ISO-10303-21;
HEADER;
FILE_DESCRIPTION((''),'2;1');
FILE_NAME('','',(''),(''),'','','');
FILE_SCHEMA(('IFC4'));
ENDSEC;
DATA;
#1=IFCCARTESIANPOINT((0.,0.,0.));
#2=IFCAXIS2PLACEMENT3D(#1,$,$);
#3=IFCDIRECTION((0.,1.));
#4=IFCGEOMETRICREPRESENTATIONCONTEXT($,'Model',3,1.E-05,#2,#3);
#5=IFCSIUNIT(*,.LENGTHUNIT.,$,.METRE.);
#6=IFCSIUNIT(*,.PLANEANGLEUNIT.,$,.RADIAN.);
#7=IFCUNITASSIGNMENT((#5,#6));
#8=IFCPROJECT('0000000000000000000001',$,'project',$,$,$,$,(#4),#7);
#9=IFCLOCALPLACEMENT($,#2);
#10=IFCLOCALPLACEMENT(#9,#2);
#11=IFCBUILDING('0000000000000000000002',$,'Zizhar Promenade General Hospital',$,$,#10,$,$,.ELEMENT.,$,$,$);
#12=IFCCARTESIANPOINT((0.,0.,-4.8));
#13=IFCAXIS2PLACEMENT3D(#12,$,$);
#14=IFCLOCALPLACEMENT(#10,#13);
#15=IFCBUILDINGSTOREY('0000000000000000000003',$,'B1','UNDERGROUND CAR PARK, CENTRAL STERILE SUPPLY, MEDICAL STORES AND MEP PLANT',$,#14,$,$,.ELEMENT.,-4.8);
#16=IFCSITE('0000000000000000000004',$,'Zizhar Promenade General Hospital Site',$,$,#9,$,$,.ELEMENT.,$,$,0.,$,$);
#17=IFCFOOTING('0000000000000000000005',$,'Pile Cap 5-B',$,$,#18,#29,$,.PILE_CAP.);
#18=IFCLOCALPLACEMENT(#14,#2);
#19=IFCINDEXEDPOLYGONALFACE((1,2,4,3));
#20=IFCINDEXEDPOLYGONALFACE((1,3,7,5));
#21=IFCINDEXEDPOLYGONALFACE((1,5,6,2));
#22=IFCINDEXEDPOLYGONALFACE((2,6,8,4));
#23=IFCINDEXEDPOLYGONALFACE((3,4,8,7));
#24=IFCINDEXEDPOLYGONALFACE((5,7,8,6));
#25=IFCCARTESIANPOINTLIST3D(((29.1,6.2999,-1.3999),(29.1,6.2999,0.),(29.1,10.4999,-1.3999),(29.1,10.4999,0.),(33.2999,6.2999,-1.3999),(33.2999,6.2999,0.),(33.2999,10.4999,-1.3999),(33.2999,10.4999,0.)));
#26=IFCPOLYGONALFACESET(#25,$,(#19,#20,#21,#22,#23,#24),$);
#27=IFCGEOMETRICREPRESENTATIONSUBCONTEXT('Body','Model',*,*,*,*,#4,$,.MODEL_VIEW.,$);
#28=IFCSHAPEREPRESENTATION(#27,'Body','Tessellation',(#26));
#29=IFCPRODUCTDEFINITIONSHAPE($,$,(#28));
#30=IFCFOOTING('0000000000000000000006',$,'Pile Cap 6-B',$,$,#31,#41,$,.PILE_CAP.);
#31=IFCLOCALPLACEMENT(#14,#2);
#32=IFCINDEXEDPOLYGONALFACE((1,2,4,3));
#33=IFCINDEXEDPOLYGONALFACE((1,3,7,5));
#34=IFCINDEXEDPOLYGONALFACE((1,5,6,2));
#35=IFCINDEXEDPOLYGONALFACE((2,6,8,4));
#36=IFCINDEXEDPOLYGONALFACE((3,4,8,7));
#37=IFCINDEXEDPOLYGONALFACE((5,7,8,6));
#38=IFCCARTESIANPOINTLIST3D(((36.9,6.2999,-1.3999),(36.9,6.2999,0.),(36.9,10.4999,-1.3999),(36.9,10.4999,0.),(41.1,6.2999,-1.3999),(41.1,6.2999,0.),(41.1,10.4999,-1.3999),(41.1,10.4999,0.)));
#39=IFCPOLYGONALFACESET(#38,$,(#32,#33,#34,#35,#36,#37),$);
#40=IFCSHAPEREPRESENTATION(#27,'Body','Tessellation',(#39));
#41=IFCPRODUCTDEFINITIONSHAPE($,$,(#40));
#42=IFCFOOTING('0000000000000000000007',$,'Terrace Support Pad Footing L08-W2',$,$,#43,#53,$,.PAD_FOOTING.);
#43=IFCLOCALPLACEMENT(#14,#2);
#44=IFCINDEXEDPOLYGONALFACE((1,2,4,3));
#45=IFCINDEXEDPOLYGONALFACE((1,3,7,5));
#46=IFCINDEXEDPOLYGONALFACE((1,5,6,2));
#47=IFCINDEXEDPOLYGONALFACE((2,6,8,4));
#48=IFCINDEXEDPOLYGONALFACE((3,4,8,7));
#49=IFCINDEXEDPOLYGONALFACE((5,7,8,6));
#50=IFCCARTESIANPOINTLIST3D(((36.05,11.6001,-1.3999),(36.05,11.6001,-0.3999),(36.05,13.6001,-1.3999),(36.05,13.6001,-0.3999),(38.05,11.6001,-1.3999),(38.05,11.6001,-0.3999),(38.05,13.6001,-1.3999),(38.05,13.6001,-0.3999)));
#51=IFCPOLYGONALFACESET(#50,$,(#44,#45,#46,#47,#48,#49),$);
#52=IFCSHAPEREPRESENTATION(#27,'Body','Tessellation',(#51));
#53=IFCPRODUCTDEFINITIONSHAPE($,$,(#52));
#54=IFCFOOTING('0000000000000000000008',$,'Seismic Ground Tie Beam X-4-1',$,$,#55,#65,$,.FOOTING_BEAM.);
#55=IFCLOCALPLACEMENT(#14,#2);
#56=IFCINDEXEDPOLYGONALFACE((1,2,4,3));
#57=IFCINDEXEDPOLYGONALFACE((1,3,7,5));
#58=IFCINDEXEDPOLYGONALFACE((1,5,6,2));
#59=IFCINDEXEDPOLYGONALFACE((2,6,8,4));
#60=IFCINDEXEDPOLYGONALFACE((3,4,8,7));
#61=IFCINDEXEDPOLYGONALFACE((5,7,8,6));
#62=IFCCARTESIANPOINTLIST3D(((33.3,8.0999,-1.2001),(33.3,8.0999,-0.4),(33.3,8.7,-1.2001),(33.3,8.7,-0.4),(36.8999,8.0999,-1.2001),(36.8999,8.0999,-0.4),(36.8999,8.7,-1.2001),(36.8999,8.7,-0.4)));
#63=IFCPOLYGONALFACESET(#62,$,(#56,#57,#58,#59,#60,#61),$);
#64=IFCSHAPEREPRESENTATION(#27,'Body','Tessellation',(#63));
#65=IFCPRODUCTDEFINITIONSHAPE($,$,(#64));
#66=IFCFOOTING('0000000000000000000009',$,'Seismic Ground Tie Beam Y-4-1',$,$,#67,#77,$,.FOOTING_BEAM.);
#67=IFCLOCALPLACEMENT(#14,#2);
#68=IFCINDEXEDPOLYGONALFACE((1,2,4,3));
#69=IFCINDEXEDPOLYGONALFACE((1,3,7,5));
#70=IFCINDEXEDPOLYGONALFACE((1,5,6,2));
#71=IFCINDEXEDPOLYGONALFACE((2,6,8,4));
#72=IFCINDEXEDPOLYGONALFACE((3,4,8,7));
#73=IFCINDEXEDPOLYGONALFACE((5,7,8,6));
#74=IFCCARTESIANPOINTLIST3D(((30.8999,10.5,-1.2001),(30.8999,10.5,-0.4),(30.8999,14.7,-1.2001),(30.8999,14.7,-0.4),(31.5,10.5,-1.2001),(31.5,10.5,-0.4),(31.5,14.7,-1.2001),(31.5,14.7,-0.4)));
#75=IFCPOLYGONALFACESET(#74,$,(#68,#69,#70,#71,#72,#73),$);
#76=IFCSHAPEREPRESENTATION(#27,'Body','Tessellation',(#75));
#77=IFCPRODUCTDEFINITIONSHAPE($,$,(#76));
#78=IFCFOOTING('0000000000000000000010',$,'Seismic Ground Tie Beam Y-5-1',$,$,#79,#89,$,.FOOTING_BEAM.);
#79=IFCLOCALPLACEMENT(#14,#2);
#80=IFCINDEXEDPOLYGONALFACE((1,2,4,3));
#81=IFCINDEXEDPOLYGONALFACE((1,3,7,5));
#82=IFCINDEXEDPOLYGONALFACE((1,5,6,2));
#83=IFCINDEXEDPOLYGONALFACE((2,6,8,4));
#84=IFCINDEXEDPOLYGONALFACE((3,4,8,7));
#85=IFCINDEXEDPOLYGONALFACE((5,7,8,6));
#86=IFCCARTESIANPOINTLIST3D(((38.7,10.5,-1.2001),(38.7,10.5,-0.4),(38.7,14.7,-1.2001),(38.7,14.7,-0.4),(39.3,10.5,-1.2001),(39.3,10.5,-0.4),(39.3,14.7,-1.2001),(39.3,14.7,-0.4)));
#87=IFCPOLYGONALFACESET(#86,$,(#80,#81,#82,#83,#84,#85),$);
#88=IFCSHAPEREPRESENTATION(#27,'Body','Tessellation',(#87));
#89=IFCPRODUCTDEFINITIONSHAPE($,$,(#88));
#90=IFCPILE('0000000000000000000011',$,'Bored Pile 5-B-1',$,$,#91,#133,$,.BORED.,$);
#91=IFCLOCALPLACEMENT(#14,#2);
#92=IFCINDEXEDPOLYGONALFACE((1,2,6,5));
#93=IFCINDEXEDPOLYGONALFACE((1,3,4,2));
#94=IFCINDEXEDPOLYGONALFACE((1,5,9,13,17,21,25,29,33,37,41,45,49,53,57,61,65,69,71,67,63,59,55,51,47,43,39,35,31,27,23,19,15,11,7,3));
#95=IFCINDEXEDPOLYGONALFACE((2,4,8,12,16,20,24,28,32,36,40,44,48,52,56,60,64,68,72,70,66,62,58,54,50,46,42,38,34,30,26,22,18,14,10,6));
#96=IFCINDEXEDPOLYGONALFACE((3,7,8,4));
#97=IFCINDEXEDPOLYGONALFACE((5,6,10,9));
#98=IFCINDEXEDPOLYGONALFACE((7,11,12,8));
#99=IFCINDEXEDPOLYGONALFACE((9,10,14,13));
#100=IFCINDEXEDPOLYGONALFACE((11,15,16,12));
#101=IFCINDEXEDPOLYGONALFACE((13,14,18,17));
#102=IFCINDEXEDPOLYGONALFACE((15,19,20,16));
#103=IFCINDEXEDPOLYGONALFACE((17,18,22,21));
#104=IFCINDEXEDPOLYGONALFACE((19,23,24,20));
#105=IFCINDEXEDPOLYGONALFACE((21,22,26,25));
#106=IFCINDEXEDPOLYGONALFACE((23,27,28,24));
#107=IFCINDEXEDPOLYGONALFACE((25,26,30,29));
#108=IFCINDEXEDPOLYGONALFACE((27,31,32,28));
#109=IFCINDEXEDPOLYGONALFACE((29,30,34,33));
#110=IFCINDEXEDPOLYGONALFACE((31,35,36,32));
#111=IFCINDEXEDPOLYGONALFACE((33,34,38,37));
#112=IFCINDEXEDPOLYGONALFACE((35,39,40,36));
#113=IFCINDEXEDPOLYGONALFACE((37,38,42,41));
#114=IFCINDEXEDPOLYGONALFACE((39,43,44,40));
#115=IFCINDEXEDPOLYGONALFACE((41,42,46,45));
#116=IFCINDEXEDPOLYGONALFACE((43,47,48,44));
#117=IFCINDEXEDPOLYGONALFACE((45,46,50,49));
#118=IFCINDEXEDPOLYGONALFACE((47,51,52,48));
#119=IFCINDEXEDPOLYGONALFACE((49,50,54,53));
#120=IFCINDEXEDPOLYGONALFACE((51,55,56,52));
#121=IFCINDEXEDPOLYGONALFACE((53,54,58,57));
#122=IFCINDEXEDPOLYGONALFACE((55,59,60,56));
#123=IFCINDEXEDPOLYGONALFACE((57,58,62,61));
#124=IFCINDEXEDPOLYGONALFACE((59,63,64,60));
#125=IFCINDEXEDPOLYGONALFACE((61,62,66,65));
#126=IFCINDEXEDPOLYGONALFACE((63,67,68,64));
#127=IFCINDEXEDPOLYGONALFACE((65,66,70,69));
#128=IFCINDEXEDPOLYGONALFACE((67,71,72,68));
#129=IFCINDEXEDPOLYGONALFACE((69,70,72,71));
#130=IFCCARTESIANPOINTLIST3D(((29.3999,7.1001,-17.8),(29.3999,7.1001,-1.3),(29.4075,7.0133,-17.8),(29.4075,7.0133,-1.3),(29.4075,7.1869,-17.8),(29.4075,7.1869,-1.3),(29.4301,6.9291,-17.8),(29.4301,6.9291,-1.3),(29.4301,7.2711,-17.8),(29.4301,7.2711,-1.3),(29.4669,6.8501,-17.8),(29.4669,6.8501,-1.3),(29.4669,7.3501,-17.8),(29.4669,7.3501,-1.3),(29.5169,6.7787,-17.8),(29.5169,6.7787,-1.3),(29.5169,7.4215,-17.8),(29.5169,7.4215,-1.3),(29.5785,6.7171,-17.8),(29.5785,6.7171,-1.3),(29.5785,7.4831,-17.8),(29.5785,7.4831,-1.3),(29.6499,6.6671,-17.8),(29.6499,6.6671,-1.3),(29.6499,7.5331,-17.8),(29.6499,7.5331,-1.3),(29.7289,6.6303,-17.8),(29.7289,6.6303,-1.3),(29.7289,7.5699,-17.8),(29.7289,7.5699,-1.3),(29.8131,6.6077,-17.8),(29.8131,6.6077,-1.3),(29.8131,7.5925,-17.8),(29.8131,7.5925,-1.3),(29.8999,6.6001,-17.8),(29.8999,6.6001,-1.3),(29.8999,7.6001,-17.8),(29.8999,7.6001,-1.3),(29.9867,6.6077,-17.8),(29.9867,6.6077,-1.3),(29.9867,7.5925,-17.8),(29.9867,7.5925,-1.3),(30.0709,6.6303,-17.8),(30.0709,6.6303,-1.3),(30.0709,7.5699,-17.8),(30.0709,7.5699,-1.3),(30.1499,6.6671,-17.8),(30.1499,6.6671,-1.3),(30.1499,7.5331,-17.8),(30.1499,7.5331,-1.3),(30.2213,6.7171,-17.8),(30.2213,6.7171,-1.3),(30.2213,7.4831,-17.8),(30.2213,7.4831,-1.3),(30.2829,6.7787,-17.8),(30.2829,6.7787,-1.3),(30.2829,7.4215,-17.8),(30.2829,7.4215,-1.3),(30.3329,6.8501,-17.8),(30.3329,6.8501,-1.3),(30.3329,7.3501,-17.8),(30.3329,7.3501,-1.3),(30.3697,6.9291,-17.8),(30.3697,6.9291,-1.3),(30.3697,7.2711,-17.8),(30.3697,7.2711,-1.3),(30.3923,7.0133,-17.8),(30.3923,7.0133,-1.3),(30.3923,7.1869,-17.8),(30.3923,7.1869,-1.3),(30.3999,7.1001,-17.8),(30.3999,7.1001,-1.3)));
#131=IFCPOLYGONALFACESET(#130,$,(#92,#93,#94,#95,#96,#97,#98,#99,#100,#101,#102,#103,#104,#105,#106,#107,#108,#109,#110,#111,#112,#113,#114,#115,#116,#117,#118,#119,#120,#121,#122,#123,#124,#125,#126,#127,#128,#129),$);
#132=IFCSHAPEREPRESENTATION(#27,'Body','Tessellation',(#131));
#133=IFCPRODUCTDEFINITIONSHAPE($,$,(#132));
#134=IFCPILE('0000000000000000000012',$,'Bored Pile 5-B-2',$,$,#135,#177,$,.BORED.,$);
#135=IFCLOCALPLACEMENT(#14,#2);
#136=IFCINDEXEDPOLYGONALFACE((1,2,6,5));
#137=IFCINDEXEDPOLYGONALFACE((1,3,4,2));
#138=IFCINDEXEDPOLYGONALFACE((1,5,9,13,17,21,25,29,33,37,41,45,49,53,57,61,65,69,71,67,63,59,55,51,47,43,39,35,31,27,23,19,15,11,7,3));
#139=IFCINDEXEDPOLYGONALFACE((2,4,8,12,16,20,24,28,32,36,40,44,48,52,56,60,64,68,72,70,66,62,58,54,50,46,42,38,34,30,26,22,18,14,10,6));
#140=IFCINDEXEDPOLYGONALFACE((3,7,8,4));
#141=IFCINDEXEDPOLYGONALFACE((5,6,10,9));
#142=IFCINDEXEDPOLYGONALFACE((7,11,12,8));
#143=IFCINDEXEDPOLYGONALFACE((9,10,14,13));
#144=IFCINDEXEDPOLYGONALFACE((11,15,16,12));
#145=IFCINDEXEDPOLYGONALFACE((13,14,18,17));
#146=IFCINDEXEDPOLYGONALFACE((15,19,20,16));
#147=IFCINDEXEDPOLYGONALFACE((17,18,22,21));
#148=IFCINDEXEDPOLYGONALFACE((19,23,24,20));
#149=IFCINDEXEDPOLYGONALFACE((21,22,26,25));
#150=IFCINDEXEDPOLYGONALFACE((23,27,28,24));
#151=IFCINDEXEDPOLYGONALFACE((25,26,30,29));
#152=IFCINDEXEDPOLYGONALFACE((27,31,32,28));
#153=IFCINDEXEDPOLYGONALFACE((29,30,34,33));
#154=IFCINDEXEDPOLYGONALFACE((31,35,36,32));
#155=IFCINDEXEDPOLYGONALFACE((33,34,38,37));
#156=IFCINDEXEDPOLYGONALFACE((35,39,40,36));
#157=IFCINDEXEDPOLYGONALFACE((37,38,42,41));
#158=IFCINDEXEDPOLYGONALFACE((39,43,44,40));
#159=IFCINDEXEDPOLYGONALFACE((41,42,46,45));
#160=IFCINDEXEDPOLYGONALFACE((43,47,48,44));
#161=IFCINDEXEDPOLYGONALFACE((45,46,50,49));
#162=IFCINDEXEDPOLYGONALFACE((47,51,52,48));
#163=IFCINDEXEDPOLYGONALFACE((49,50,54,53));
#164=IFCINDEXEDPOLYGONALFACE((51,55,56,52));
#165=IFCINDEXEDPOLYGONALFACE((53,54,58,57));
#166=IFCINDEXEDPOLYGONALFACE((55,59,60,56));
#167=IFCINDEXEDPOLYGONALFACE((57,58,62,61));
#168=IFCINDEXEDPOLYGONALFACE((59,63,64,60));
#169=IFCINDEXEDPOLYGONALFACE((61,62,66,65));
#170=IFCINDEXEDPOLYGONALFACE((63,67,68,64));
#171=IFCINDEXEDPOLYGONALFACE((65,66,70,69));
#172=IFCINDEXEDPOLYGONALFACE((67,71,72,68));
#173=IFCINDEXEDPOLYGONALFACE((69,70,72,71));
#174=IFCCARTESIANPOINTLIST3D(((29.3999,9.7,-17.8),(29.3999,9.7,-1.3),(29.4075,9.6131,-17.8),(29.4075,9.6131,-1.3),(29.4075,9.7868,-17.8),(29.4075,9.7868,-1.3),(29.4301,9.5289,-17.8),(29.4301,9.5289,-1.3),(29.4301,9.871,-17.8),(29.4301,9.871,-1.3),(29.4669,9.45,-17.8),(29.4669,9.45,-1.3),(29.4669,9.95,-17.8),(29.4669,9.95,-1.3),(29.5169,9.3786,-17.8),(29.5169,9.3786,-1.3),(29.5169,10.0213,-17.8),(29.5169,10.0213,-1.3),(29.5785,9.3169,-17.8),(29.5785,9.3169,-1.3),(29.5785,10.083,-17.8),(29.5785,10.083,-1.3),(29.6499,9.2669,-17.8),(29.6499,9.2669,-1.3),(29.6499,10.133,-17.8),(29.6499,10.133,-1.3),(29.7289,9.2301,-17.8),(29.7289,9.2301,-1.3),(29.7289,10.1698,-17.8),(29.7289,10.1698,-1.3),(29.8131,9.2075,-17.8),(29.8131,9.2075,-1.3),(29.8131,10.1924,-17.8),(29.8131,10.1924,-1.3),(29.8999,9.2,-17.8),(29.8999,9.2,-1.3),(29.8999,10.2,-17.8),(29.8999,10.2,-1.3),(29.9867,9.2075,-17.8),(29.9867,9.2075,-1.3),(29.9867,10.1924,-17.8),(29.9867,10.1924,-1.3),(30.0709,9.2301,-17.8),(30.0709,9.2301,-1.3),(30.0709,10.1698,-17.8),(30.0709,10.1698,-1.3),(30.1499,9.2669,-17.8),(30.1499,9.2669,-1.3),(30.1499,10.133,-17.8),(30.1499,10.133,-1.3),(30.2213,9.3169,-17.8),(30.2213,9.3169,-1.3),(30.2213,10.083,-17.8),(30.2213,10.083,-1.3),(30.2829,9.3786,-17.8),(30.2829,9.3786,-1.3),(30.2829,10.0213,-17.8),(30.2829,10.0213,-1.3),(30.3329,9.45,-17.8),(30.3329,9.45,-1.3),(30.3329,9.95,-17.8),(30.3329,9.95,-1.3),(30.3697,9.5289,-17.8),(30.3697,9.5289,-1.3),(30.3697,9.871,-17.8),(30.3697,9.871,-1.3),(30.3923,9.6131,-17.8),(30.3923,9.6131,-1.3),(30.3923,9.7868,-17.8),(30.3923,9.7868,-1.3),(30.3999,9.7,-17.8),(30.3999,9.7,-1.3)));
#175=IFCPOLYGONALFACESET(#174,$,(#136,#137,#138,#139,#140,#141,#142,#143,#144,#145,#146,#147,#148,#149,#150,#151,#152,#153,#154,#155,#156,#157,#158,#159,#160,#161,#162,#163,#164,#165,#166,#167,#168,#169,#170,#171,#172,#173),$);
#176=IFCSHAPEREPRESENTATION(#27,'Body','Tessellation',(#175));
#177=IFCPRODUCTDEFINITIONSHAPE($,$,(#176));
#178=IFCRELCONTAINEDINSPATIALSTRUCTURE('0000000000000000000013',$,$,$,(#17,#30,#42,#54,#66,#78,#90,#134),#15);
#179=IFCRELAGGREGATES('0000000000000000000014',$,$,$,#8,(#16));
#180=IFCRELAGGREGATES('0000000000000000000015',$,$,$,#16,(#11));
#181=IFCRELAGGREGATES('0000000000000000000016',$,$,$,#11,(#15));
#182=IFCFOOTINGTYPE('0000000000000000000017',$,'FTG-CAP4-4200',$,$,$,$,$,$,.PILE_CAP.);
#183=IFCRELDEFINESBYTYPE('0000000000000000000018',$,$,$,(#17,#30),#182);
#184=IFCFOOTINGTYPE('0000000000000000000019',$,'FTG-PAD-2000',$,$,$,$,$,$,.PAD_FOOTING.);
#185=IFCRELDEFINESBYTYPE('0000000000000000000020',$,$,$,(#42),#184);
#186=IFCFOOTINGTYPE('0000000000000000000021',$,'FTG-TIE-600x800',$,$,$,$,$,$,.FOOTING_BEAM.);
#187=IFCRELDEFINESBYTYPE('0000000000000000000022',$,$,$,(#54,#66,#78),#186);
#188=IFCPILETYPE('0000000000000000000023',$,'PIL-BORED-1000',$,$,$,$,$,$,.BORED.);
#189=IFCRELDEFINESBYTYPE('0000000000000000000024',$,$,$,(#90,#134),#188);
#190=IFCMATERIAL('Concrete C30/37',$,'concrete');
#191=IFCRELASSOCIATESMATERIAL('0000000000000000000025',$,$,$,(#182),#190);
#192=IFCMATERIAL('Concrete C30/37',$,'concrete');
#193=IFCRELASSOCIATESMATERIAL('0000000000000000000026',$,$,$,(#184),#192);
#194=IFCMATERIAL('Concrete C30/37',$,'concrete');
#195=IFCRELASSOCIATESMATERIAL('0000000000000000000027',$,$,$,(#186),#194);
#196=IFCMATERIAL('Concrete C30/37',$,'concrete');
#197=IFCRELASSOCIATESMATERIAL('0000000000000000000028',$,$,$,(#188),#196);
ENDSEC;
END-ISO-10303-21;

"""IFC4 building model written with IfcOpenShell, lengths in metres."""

from ifc_helpers import new_model, si_unit, direction, frame, origin, origin_2d, place, context, subcontext, project, spatial, rectangle, circle, extrude, material, material_profile, profile_set, type_object, element, save


model = new_model("IFC4")

# Units and contexts
model_context = context("Model", 3, precision=1e-05, world=origin(), true_north=direction((0.0, 1.0)))
body_context = subcontext(model_context, "Body", "Model", "MODEL_VIEW")
ifc_project = project(units=[si_unit("LENGTHUNIT", "METRE"), si_unit("PLANEANGLEUNIT", "RADIAN")], contexts=[model_context])

# Site, building, storey
site_placement = place(None, origin())
site = spatial("IfcSite", under=ifc_project, at=site_placement, Name="Zizhar Promenade General Hospital Site", CompositionType="ELEMENT", RefElevation=0.0)
building_placement = place(site_placement, origin())
building = spatial("IfcBuilding", under=site, at=building_placement, Name="Zizhar Promenade General Hospital", CompositionType="ELEMENT")
storey_placement = place(building_placement, frame((0.0, 0.0, -4.8)))
storey = spatial("IfcBuildingStorey", under=building, at=storey_placement, Name="B1", Description="UNDERGROUND CAR PARK, CENTRAL STERILE SUPPLY, MEDICAL STORES AND MEP PLANT", CompositionType="ELEMENT", Elevation=-4.8)

# Footings
ifc_material_1 = material(Name="Concrete C30/37", Category="concrete")
footing_type_1 = type_object("IfcFootingType", Name="FTG-CAP4-4200", PredefinedType="PILE_CAP", material=ifc_material_1)
for number, where, z_axis, x_axis, name in (
    (1, (31.2, 8.3999, -1.3999), (0.0, 0.0, 1.0), (1.0, 0.0, 0.0), "Pile Cap 5-B"),
    (2, (39.0, 8.3999, -1.3999), (0.0, 0.0, 1.0), (1.0, 0.0, 0.0), "Pile Cap 6-B"),
):
    element("IfcFooting", number, at=place(storey_placement, frame(where, z_axis=z_axis, x_axis=x_axis)), inside=storey, type_object=footing_type_1, Name=name, PredefinedType="PILE_CAP", context=body_context, shape_type="SweptSolid", body=[
        extrude(rectangle(XDim=4.2, YDim=4.2, at=origin_2d()), origin(), (0.0, 0.0, 1.0), 1.3999),
    ])
ifc_material_2 = material(Name="Concrete C30/37", Category="concrete")
footing_type_2 = type_object("IfcFootingType", Name="FTG-PAD-2000", PredefinedType="PAD_FOOTING", material=ifc_material_2)
footing_1_placement = place(storey_placement, frame((37.05, 12.6001, -1.3999), z_axis=(0.0, 0.0, 1.0), x_axis=(1.0, 0.0, 0.0)))
element("IfcFooting", 3, at=footing_1_placement, inside=storey, type_object=footing_type_2, Name="Terrace Support Pad Footing L08-W2", PredefinedType="PAD_FOOTING", context=body_context, shape_type="SweptSolid", body=[
    extrude(rectangle(XDim=2.0, YDim=2.0, at=origin_2d()), origin(), (0.0, 0.0, 1.0), 1.0),
])
ifc_material_3 = material(Name="Concrete C30/37", Category="concrete")
ifc_material_profile_1 = material_profile(ifc_material_3, rectangle(XDim=0.6001, YDim=0.8, at=origin_2d()))
ifc_profile_set_1 = profile_set([ifc_material_profile_1], Name="Concrete C30/37")
footing_type_3 = type_object("IfcFootingType", Name="FTG-TIE-600x800", PredefinedType="FOOTING_BEAM", material=ifc_profile_set_1)
footing_2_placement = place(storey_placement, frame((33.3, 8.3999, -0.8), z_axis=(1.0, 0.0, 0.0), x_axis=(0.0, 1.0, 0.0)))
element("IfcFooting", 4, at=footing_2_placement, inside=storey, type_object=footing_type_3, Name="Seismic Ground Tie Beam X-4-1", PredefinedType="FOOTING_BEAM", context=body_context, shape_type="SweptSolid", body=[
    extrude(rectangle(XDim=0.6001, YDim=0.8, at=origin_2d()), origin(), (0.0, 0.0, 1.0), 3.5999),
])
for number, where, z_axis, x_axis, name in (
    (5, (31.2, 10.5, -0.8), (0.0, 1.0, 0.0), (-1.0, 0.0, 0.0), "Seismic Ground Tie Beam Y-4-1"),
    (6, (39.0, 10.5, -0.8), (0.0, 1.0, 0.0), (-1.0, 0.0, 0.0), "Seismic Ground Tie Beam Y-5-1"),
):
    element("IfcFooting", number, at=place(storey_placement, frame(where, z_axis=z_axis, x_axis=x_axis)), inside=storey, type_object=footing_type_3, Name=name, PredefinedType="FOOTING_BEAM", context=body_context, shape_type="SweptSolid", body=[
        extrude(rectangle(XDim=0.6001, YDim=0.8, at=origin_2d()), origin(), (0.0, 0.0, 1.0), 4.2),
    ])

# Piles
ifc_material_4 = material(Name="Concrete C30/37", Category="concrete")
ifc_material_profile_2 = material_profile(ifc_material_4, circle(Radius=0.5, at=origin_2d()))
ifc_profile_set_2 = profile_set([ifc_material_profile_2], Name="Concrete C30/37")
pile_type = type_object("IfcPileType", Name="PIL-BORED-1000", PredefinedType="BORED", material=ifc_profile_set_2)
for number, where, z_axis, x_axis, name in (
    (7, (29.8999, 7.1001, -1.3), (0.0, 0.0, -1.0), (1.0, 0.0, 0.0), "Bored Pile 5-B-1"),
    (8, (29.8999, 9.7, -1.3), (0.0, 0.0, -1.0), (1.0, 0.0, 0.0), "Bored Pile 5-B-2"),
):
    element("IfcPile", number, at=place(storey_placement, frame(where, z_axis=z_axis, x_axis=x_axis)), inside=storey, type_object=pile_type, Name=name, PredefinedType="BORED", context=body_context, shape_type="SweptSolid", body=[
        extrude(circle(Radius=0.5, at=origin_2d()), origin(), (0.0, 0.0, 1.0), 16.5),
    ])

save(model, "model.ifc")
